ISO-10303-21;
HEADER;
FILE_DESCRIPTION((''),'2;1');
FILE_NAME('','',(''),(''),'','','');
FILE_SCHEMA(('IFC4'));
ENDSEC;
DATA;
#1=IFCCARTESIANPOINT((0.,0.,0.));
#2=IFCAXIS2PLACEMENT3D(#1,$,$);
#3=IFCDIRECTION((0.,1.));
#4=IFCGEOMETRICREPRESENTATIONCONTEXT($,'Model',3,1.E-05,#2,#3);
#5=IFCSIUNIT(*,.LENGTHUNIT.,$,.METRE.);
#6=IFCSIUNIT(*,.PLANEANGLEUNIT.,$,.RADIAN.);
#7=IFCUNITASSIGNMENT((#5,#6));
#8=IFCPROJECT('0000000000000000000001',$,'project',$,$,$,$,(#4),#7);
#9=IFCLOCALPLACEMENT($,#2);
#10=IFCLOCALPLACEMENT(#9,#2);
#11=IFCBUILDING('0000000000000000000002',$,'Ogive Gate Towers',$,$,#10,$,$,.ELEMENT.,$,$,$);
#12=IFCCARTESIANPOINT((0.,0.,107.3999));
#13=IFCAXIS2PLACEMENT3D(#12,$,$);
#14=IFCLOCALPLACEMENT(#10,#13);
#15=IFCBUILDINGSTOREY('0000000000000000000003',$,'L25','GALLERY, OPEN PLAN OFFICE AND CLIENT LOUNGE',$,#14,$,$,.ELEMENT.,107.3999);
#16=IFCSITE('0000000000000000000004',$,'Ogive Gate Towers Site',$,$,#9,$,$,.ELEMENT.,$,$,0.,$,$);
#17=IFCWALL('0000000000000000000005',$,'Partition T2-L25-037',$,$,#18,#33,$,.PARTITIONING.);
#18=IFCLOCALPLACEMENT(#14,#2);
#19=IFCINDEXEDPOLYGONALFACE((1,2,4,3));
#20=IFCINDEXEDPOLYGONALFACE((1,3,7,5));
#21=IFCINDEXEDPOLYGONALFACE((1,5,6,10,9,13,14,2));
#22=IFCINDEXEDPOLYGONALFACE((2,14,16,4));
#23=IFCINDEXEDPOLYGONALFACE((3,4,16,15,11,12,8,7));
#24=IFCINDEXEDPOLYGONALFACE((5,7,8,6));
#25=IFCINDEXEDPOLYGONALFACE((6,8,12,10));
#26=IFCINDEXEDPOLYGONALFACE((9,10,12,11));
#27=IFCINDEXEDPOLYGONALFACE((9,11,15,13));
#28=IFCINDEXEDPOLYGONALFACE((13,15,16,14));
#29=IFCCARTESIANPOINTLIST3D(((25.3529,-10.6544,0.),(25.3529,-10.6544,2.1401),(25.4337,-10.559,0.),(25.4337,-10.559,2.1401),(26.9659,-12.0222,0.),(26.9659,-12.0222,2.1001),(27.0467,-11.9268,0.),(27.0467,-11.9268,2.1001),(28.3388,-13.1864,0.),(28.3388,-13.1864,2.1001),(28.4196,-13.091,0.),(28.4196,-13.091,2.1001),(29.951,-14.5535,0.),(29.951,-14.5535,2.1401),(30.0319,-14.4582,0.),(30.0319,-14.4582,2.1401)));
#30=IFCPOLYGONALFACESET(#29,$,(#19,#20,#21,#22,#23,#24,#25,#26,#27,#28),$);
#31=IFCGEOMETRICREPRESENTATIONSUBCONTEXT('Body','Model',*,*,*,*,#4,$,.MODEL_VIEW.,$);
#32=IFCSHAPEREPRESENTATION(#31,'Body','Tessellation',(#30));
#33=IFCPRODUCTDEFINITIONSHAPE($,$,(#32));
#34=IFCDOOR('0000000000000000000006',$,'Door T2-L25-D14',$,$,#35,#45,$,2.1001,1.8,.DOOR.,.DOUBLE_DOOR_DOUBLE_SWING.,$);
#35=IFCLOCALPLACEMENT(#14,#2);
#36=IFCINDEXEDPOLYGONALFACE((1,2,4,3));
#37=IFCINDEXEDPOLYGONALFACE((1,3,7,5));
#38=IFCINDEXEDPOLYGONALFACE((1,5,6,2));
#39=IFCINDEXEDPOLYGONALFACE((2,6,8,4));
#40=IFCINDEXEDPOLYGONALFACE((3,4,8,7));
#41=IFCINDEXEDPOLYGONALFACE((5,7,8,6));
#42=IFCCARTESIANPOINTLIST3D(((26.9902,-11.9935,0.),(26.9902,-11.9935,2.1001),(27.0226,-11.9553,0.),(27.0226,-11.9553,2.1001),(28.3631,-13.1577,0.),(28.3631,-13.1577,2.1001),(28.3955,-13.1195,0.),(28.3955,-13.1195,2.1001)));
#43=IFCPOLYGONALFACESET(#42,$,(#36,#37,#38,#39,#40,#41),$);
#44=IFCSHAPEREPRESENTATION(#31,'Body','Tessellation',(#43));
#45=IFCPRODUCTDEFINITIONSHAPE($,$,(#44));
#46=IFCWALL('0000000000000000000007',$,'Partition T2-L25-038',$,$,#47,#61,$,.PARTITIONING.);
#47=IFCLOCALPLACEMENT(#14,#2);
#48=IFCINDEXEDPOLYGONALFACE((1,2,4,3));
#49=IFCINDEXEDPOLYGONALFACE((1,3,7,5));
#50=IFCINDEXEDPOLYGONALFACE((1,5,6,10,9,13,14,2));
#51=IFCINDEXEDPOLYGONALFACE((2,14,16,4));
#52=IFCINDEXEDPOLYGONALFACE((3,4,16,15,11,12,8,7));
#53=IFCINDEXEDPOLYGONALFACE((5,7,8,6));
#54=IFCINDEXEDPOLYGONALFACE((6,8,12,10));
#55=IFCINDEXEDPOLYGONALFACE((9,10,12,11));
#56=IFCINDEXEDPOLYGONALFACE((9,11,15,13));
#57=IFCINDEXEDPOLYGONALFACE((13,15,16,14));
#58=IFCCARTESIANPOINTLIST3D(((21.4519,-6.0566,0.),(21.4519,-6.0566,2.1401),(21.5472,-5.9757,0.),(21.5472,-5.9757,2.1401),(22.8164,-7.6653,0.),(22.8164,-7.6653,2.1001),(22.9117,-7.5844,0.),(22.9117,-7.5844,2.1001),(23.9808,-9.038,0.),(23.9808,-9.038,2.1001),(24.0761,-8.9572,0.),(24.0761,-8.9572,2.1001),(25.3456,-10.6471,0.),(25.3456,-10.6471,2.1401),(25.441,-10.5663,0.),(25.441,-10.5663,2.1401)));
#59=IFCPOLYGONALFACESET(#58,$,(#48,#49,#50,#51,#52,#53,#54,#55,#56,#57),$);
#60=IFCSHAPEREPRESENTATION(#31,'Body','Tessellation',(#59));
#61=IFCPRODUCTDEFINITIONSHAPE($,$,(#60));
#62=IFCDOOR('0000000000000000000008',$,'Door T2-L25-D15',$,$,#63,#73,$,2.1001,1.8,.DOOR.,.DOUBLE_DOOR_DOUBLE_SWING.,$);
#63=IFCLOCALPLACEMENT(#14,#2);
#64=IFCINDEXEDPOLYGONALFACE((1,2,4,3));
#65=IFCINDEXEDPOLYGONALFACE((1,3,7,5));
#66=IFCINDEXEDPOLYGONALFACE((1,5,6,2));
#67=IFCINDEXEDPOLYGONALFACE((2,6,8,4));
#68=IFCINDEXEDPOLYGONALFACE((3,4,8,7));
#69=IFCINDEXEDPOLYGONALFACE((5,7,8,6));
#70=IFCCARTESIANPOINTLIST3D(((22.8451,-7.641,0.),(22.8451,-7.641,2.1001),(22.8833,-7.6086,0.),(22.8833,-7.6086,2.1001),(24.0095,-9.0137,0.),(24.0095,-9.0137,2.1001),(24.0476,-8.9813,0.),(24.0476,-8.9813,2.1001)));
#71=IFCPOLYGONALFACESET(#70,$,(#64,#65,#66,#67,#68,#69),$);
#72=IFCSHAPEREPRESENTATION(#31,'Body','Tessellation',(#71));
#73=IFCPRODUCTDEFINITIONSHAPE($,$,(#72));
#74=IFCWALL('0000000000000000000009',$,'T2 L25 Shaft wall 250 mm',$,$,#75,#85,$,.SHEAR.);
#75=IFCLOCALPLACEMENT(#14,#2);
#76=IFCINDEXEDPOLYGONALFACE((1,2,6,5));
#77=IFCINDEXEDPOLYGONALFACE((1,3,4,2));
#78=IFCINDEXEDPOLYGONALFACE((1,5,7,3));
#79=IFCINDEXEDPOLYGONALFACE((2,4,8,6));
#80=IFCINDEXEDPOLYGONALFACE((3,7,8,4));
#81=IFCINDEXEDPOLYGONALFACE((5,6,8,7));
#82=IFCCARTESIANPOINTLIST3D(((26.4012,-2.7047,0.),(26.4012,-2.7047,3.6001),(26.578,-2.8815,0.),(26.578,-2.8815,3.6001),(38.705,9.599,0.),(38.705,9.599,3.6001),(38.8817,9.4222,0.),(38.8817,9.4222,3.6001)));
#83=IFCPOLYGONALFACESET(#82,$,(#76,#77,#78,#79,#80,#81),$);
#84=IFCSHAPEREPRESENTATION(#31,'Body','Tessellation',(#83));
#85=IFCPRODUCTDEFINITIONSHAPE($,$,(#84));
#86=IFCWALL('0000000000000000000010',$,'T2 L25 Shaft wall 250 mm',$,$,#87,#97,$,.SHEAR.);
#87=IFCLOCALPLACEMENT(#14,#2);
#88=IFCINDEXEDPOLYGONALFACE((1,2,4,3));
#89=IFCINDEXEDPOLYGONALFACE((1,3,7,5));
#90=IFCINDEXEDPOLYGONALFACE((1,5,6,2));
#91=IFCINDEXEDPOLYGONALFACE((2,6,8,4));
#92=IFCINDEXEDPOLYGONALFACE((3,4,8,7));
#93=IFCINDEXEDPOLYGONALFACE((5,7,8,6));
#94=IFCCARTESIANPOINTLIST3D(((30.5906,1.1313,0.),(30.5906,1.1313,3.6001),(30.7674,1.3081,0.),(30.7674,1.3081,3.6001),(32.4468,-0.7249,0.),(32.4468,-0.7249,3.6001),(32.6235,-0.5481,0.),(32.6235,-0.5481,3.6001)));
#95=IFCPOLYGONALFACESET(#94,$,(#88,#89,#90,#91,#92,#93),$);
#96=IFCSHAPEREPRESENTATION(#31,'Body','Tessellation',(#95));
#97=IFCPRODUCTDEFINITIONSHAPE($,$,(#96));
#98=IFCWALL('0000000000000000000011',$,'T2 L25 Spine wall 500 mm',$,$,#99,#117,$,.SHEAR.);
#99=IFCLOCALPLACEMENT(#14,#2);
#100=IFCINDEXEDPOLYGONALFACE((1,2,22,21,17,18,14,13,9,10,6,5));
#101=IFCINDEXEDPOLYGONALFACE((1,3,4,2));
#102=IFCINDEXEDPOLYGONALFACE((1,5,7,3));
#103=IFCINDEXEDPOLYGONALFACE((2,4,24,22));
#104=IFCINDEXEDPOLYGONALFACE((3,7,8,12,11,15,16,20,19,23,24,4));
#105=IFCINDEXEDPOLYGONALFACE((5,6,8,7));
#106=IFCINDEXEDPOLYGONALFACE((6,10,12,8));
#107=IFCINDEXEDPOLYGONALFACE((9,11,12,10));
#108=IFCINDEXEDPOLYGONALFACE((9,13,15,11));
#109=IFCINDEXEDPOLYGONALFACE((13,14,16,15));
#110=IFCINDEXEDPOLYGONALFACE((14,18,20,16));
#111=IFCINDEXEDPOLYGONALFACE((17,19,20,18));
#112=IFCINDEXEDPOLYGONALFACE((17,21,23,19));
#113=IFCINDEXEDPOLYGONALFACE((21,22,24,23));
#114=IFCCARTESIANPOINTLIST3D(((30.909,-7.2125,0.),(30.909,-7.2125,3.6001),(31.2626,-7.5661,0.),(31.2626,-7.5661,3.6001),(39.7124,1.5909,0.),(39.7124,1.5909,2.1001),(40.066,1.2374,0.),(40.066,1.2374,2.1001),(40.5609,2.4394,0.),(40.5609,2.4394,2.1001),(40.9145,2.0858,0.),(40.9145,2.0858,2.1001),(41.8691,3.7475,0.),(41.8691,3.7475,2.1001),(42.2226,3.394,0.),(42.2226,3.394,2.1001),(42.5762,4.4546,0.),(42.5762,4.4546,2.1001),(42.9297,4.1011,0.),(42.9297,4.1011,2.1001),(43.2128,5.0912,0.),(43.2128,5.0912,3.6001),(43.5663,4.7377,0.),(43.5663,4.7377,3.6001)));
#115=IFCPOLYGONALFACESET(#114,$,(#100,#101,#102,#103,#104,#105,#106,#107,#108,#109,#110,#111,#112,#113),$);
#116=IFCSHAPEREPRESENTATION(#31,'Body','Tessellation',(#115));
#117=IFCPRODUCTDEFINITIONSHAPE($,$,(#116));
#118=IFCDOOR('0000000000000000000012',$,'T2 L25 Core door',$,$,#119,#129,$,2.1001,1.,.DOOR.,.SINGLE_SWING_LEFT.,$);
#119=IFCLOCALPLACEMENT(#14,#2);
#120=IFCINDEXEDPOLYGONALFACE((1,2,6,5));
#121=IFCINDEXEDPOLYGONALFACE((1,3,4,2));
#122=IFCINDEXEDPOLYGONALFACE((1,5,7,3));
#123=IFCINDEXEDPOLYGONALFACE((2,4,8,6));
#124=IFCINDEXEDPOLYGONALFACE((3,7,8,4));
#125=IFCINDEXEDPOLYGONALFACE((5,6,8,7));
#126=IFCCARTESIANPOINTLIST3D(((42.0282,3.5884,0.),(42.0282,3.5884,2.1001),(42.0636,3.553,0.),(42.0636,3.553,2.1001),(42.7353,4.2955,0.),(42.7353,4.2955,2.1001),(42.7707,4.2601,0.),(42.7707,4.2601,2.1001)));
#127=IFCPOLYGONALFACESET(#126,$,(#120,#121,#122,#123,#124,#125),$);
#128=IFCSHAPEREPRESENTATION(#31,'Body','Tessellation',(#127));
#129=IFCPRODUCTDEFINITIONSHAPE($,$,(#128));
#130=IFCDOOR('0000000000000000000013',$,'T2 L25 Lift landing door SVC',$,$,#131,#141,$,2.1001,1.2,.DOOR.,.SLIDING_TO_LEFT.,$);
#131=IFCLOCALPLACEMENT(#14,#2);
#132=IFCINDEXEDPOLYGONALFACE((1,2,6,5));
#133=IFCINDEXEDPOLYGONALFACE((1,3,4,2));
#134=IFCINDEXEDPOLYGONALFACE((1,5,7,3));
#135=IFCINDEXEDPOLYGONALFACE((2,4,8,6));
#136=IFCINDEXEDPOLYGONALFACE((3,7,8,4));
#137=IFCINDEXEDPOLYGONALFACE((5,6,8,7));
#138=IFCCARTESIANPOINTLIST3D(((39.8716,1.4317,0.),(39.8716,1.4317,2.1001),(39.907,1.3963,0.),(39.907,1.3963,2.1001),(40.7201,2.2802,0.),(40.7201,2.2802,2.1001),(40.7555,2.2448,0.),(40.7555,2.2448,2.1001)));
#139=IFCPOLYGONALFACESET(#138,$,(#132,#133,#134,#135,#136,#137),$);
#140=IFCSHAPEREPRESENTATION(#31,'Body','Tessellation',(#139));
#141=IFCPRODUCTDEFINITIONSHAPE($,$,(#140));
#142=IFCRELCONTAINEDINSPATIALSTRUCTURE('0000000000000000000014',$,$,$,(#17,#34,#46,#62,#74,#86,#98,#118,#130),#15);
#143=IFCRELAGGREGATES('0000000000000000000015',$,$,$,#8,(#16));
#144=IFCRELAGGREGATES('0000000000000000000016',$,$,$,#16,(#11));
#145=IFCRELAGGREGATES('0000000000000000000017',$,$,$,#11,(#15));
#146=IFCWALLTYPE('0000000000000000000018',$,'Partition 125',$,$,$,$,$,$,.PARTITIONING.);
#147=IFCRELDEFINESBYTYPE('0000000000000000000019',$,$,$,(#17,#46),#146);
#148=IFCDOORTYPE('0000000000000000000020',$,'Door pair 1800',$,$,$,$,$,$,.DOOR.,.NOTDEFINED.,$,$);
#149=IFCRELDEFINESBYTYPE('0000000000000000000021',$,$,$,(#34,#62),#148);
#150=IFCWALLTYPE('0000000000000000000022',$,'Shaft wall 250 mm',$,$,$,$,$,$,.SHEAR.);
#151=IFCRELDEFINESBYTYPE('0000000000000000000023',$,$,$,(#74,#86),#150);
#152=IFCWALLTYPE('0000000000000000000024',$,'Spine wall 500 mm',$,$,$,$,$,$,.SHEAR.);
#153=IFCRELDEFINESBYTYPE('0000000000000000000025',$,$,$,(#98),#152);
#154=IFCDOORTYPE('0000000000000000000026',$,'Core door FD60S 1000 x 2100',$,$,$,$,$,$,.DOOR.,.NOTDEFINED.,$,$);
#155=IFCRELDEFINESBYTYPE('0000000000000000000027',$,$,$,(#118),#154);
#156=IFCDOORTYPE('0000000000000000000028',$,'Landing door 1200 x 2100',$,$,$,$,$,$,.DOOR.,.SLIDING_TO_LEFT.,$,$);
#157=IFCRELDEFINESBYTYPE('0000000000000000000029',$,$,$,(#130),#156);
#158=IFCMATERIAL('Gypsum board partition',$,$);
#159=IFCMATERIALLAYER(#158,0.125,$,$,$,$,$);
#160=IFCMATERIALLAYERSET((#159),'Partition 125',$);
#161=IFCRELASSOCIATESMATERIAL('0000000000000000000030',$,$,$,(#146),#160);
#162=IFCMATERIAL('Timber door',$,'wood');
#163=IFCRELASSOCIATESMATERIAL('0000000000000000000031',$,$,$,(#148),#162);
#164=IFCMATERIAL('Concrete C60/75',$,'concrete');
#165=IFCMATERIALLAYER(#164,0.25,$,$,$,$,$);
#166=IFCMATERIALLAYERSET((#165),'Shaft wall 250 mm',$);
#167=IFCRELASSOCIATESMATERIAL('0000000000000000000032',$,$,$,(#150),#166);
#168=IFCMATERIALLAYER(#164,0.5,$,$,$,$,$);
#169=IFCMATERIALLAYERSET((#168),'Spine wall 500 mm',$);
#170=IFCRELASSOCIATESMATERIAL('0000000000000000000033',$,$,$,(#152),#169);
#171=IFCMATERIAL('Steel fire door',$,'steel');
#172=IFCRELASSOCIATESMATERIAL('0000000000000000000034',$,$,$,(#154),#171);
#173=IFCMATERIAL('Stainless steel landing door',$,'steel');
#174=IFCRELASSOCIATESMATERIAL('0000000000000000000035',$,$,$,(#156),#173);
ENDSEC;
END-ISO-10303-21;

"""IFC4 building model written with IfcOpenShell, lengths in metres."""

from ifc_helpers import new_model, si_unit, direction, frame, frame_2d, origin, place, context, subcontext, project, spatial, rectangle, extrude, material, layer, layer_set, type_object, element, fill, save


model = new_model("IFC4")

# Units and contexts
model_context = context("Model", 3, precision=1e-05, world=origin(), true_north=direction((0.0, 1.0)))
body_context = subcontext(model_context, "Body", "Model", "MODEL_VIEW")
ifc_project = project(units=[si_unit("LENGTHUNIT", "METRE"), si_unit("PLANEANGLEUNIT", "RADIAN")], contexts=[model_context])

# Site, building, storey
site_placement = place(None, origin())
site = spatial("IfcSite", under=ifc_project, at=site_placement, Name="Ogive Gate Towers Site", CompositionType="ELEMENT", RefElevation=0.0)
building_placement = place(site_placement, origin())
building = spatial("IfcBuilding", under=site, at=building_placement, Name="Ogive Gate Towers", CompositionType="ELEMENT")
storey_placement = place(building_placement, frame((0.0, 0.0, 107.3999)))
storey = spatial("IfcBuildingStorey", under=building, at=storey_placement, Name="L25", Description="GALLERY, OPEN PLAN OFFICE AND CLIENT LOUNGE", CompositionType="ELEMENT", Elevation=107.3999)

# Walls, openings, doors
ifc_material_1 = material(Name="Timber door", Category="wood")
ifc_material_2 = material(Name="Gypsum board partition")
ifc_layer_1 = layer(ifc_material_2, 0.125)
ifc_layer_set_1 = layer_set([ifc_layer_1], Name="Partition 125")
wall_type_1 = type_object("IfcWallType", Name="Partition 125", PredefinedType="PARTITIONING", material=ifc_layer_set_1)
wall_1_placement = place(storey_placement, frame((29.9915, -14.5059, 0.0), z_axis=(0.0, 0.0, 1.0), x_axis=(-0.762696, 0.646757, 0.0)))
wall_1 = element("IfcWall", 1, at=wall_1_placement, inside=storey, type_object=wall_type_1, Name="Partition T2-L25-037", PredefinedType="PARTITIONING", context=body_context, shape_type="SweptSolid", body=[
    extrude(rectangle(XDim=6.0288, YDim=0.125, at=frame_2d((3.0144, 0.0))), origin(), (0.0, 0.0, 1.0), 2.1401),
])
opening_1_placement = place(wall_1_placement, frame((2.114, 0.0, 0.0)))
opening_1 = element("IfcOpeningElement", 2, at=opening_1_placement, cuts=wall_1, PredefinedType="OPENING", context=body_context, shape_type="SweptSolid", body=[
    extrude(rectangle(XDim=1.8, YDim=2.1001, at=frame_2d((0.8999, 1.05))), frame((0.0, 0.0725, 0.0), z_axis=(0.0, -1.0, 0.0), x_axis=(1.0, 0.0, 0.0)), (0.0, 0.0, 1.0), 0.145),
])
door_type_1 = type_object("IfcDoorType", Name="Door pair 1800", OperationType="NOTDEFINED", PredefinedType="DOOR", material=ifc_material_1)
door_1_placement = place(opening_1_placement, origin())
door_1 = element("IfcDoor", 3, at=door_1_placement, inside=storey, type_object=door_type_1, Name="Door T2-L25-D14", OperationType="DOUBLE_DOOR_DOUBLE_SWING", OverallHeight=2.1001, OverallWidth=1.8, PredefinedType="DOOR", context=body_context, shape_type="SweptSolid", body=[
    extrude(rectangle(XDim=1.8, YDim=2.1001, at=frame_2d((0.8999, 1.05))), frame((0.0, 0.0249, 0.0), z_axis=(0.0, -1.0, 0.0), x_axis=(1.0, 0.0, 0.0)), (0.0, 0.0, 1.0), 0.05),
])
fill(opening_1, door_1)
wall_2_placement = place(storey_placement, frame((25.3933, -10.6067, 0.0), z_axis=(0.0, 0.0, 1.0), x_axis=(-0.646858, 0.76261, 0.0)))
wall_2 = element("IfcWall", 4, at=wall_2_placement, inside=storey, type_object=wall_type_1, Name="Partition T2-L25-038", PredefinedType="PARTITIONING", context=body_context, shape_type="SweptSolid", body=[
    extrude(rectangle(XDim=6.0195, YDim=0.125, at=frame_2d((3.0098, 0.0))), origin(), (0.0, 0.0, 1.0), 2.1401),
])
opening_2_placement = place(wall_2_placement, frame((2.1101, 0.0, 0.0)))
opening_2 = element("IfcOpeningElement", 5, at=opening_2_placement, cuts=wall_2, PredefinedType="OPENING", context=body_context, shape_type="SweptSolid", body=[
    extrude(rectangle(XDim=1.8, YDim=2.1001, at=frame_2d((0.8999, 1.05))), frame((0.0, 0.0725, 0.0), z_axis=(0.0, -1.0, 0.0), x_axis=(1.0, 0.0, 0.0)), (0.0, 0.0, 1.0), 0.145),
])
door_2_placement = place(opening_2_placement, origin())
door_2 = element("IfcDoor", 6, at=door_2_placement, inside=storey, type_object=door_type_1, Name="Door T2-L25-D15", OperationType="DOUBLE_DOOR_DOUBLE_SWING", OverallHeight=2.1001, OverallWidth=1.8, PredefinedType="DOOR", context=body_context, shape_type="SweptSolid", body=[
    extrude(rectangle(XDim=1.8, YDim=2.1001, at=frame_2d((0.8999, 1.05))), frame((0.0, 0.0249, 0.0), z_axis=(0.0, -1.0, 0.0), x_axis=(1.0, 0.0, 0.0)), (0.0, 0.0, 1.0), 0.05),
])
fill(opening_2, door_2)

# Walls
ifc_material_3 = material(Name="Concrete C60/75", Category="concrete")
ifc_layer_2 = layer(ifc_material_3, 0.25)
ifc_layer_set_2 = layer_set([ifc_layer_2], Name="Shaft wall 250 mm")
wall_type_2 = type_object("IfcWallType", Name="Shaft wall 250 mm", PredefinedType="SHEAR", material=ifc_layer_set_2)
wall_3_placement = place(storey_placement, frame((26.4895, -2.7932, 0.0), z_axis=(0.0, 0.0, 1.0), x_axis=(0.707107, 0.707107, 0.0)))
element("IfcWall", 7, at=wall_3_placement, inside=storey, type_object=wall_type_2, Name="T2 L25 Shaft wall 250 mm", PredefinedType="SHEAR", context=body_context, shape_type="SweptSolid", body=[
    extrude(rectangle(XDim=17.4001, YDim=0.25, at=frame_2d((8.7002, 0.0))), origin(), (0.0, 0.0, 1.0), 3.6001),
])
wall_4_placement = place(storey_placement, frame((32.5352, -0.6365, 0.0), z_axis=(0.0, 0.0, 1.0), x_axis=(-0.707107, 0.707107, 0.0)))
element("IfcWall", 8, at=wall_4_placement, inside=storey, type_object=wall_type_2, Name="T2 L25 Shaft wall 250 mm", PredefinedType="SHEAR", context=body_context, shape_type="SweptSolid", body=[
    extrude(rectangle(XDim=2.625, YDim=0.25, at=frame_2d((1.3125, 0.0))), origin(), (0.0, 0.0, 1.0), 3.6001),
])

# Wall, openings, doors
ifc_layer_3 = layer(ifc_material_3, 0.5)
ifc_layer_set_3 = layer_set([ifc_layer_3], Name="Spine wall 500 mm")
wall_type_3 = type_object("IfcWallType", Name="Spine wall 500 mm", PredefinedType="SHEAR", material=ifc_layer_set_3)
wall_5_placement = place(storey_placement, frame((31.0857, -7.3894, 0.0), z_axis=(0.0, 0.0, 1.0), x_axis=(0.707107, 0.707107, 0.0)))
wall_5 = element("IfcWall", 9, at=wall_5_placement, inside=storey, type_object=wall_type_3, Name="T2 L25 Spine wall 500 mm", PredefinedType="SHEAR", context=body_context, shape_type="SweptSolid", body=[
    extrude(rectangle(XDim=17.4001, YDim=0.5, at=frame_2d((8.7002, 0.0))), origin(), (0.0, 0.0, 1.0), 3.6001),
])
opening_3_placement = place(wall_5_placement, frame((12.45, 0.0, 0.0)))
opening_3 = element("IfcOpeningElement", 10, at=opening_3_placement, cuts=wall_5, PredefinedType="OPENING", context=body_context, shape_type="SweptSolid", body=[
    extrude(rectangle(XDim=1.2, YDim=2.1001, at=frame_2d((0.6001, 1.05))), frame((0.0, 0.26, 0.0), z_axis=(0.0, -1.0, 0.0), x_axis=(1.0, 0.0, 0.0)), (0.0, 0.0, 1.0), 0.52),
])
opening_4_placement = place(wall_5_placement, frame((15.5, 0.0, 0.0)))
opening_4 = element("IfcOpeningElement", 11, at=opening_4_placement, cuts=wall_5, PredefinedType="OPENING", context=body_context, shape_type="SweptSolid", body=[
    extrude(rectangle(XDim=1.0, YDim=2.1001, at=frame_2d((0.5, 1.05))), frame((0.0, 0.26, 0.0), z_axis=(0.0, -1.0, 0.0), x_axis=(1.0, 0.0, 0.0)), (0.0, 0.0, 1.0), 0.52),
])
ifc_material_4 = material(Name="Steel fire door", Category="steel")
door_type_2 = type_object("IfcDoorType", Name="Core door FD60S 1000 x 2100", OperationType="NOTDEFINED", PredefinedType="DOOR", material=ifc_material_4)
door_3_placement = place(opening_4_placement, origin())
door_3 = element("IfcDoor", 12, at=door_3_placement, inside=storey, type_object=door_type_2, Name="T2 L25 Core door", OperationType="SINGLE_SWING_LEFT", OverallHeight=2.1001, OverallWidth=1.0, PredefinedType="DOOR", context=body_context, shape_type="SweptSolid", body=[
    extrude(rectangle(XDim=1.0, YDim=2.1001, at=frame_2d((0.5, 1.05))), frame((0.0, 0.0249, 0.0), z_axis=(0.0, -1.0, 0.0), x_axis=(1.0, 0.0, 0.0)), (0.0, 0.0, 1.0), 0.05),
])
fill(opening_4, door_3)
ifc_material_5 = material(Name="Stainless steel landing door", Category="steel")
door_type_3 = type_object("IfcDoorType", Name="Landing door 1200 x 2100", OperationType="SLIDING_TO_LEFT", PredefinedType="DOOR", material=ifc_material_5)
door_4_placement = place(opening_3_placement, origin())
door_4 = element("IfcDoor", 13, at=door_4_placement, inside=storey, type_object=door_type_3, Name="T2 L25 Lift landing door SVC", OperationType="SLIDING_TO_LEFT", OverallHeight=2.1001, OverallWidth=1.2, PredefinedType="DOOR", context=body_context, shape_type="SweptSolid", body=[
    extrude(rectangle(XDim=1.2, YDim=2.1001, at=frame_2d((0.6001, 1.05))), frame((0.0, 0.0249, 0.0), z_axis=(0.0, -1.0, 0.0), x_axis=(1.0, 0.0, 0.0)), (0.0, 0.0, 1.0), 0.05),
])
fill(opening_3, door_4)

save(model, "model.ifc")
